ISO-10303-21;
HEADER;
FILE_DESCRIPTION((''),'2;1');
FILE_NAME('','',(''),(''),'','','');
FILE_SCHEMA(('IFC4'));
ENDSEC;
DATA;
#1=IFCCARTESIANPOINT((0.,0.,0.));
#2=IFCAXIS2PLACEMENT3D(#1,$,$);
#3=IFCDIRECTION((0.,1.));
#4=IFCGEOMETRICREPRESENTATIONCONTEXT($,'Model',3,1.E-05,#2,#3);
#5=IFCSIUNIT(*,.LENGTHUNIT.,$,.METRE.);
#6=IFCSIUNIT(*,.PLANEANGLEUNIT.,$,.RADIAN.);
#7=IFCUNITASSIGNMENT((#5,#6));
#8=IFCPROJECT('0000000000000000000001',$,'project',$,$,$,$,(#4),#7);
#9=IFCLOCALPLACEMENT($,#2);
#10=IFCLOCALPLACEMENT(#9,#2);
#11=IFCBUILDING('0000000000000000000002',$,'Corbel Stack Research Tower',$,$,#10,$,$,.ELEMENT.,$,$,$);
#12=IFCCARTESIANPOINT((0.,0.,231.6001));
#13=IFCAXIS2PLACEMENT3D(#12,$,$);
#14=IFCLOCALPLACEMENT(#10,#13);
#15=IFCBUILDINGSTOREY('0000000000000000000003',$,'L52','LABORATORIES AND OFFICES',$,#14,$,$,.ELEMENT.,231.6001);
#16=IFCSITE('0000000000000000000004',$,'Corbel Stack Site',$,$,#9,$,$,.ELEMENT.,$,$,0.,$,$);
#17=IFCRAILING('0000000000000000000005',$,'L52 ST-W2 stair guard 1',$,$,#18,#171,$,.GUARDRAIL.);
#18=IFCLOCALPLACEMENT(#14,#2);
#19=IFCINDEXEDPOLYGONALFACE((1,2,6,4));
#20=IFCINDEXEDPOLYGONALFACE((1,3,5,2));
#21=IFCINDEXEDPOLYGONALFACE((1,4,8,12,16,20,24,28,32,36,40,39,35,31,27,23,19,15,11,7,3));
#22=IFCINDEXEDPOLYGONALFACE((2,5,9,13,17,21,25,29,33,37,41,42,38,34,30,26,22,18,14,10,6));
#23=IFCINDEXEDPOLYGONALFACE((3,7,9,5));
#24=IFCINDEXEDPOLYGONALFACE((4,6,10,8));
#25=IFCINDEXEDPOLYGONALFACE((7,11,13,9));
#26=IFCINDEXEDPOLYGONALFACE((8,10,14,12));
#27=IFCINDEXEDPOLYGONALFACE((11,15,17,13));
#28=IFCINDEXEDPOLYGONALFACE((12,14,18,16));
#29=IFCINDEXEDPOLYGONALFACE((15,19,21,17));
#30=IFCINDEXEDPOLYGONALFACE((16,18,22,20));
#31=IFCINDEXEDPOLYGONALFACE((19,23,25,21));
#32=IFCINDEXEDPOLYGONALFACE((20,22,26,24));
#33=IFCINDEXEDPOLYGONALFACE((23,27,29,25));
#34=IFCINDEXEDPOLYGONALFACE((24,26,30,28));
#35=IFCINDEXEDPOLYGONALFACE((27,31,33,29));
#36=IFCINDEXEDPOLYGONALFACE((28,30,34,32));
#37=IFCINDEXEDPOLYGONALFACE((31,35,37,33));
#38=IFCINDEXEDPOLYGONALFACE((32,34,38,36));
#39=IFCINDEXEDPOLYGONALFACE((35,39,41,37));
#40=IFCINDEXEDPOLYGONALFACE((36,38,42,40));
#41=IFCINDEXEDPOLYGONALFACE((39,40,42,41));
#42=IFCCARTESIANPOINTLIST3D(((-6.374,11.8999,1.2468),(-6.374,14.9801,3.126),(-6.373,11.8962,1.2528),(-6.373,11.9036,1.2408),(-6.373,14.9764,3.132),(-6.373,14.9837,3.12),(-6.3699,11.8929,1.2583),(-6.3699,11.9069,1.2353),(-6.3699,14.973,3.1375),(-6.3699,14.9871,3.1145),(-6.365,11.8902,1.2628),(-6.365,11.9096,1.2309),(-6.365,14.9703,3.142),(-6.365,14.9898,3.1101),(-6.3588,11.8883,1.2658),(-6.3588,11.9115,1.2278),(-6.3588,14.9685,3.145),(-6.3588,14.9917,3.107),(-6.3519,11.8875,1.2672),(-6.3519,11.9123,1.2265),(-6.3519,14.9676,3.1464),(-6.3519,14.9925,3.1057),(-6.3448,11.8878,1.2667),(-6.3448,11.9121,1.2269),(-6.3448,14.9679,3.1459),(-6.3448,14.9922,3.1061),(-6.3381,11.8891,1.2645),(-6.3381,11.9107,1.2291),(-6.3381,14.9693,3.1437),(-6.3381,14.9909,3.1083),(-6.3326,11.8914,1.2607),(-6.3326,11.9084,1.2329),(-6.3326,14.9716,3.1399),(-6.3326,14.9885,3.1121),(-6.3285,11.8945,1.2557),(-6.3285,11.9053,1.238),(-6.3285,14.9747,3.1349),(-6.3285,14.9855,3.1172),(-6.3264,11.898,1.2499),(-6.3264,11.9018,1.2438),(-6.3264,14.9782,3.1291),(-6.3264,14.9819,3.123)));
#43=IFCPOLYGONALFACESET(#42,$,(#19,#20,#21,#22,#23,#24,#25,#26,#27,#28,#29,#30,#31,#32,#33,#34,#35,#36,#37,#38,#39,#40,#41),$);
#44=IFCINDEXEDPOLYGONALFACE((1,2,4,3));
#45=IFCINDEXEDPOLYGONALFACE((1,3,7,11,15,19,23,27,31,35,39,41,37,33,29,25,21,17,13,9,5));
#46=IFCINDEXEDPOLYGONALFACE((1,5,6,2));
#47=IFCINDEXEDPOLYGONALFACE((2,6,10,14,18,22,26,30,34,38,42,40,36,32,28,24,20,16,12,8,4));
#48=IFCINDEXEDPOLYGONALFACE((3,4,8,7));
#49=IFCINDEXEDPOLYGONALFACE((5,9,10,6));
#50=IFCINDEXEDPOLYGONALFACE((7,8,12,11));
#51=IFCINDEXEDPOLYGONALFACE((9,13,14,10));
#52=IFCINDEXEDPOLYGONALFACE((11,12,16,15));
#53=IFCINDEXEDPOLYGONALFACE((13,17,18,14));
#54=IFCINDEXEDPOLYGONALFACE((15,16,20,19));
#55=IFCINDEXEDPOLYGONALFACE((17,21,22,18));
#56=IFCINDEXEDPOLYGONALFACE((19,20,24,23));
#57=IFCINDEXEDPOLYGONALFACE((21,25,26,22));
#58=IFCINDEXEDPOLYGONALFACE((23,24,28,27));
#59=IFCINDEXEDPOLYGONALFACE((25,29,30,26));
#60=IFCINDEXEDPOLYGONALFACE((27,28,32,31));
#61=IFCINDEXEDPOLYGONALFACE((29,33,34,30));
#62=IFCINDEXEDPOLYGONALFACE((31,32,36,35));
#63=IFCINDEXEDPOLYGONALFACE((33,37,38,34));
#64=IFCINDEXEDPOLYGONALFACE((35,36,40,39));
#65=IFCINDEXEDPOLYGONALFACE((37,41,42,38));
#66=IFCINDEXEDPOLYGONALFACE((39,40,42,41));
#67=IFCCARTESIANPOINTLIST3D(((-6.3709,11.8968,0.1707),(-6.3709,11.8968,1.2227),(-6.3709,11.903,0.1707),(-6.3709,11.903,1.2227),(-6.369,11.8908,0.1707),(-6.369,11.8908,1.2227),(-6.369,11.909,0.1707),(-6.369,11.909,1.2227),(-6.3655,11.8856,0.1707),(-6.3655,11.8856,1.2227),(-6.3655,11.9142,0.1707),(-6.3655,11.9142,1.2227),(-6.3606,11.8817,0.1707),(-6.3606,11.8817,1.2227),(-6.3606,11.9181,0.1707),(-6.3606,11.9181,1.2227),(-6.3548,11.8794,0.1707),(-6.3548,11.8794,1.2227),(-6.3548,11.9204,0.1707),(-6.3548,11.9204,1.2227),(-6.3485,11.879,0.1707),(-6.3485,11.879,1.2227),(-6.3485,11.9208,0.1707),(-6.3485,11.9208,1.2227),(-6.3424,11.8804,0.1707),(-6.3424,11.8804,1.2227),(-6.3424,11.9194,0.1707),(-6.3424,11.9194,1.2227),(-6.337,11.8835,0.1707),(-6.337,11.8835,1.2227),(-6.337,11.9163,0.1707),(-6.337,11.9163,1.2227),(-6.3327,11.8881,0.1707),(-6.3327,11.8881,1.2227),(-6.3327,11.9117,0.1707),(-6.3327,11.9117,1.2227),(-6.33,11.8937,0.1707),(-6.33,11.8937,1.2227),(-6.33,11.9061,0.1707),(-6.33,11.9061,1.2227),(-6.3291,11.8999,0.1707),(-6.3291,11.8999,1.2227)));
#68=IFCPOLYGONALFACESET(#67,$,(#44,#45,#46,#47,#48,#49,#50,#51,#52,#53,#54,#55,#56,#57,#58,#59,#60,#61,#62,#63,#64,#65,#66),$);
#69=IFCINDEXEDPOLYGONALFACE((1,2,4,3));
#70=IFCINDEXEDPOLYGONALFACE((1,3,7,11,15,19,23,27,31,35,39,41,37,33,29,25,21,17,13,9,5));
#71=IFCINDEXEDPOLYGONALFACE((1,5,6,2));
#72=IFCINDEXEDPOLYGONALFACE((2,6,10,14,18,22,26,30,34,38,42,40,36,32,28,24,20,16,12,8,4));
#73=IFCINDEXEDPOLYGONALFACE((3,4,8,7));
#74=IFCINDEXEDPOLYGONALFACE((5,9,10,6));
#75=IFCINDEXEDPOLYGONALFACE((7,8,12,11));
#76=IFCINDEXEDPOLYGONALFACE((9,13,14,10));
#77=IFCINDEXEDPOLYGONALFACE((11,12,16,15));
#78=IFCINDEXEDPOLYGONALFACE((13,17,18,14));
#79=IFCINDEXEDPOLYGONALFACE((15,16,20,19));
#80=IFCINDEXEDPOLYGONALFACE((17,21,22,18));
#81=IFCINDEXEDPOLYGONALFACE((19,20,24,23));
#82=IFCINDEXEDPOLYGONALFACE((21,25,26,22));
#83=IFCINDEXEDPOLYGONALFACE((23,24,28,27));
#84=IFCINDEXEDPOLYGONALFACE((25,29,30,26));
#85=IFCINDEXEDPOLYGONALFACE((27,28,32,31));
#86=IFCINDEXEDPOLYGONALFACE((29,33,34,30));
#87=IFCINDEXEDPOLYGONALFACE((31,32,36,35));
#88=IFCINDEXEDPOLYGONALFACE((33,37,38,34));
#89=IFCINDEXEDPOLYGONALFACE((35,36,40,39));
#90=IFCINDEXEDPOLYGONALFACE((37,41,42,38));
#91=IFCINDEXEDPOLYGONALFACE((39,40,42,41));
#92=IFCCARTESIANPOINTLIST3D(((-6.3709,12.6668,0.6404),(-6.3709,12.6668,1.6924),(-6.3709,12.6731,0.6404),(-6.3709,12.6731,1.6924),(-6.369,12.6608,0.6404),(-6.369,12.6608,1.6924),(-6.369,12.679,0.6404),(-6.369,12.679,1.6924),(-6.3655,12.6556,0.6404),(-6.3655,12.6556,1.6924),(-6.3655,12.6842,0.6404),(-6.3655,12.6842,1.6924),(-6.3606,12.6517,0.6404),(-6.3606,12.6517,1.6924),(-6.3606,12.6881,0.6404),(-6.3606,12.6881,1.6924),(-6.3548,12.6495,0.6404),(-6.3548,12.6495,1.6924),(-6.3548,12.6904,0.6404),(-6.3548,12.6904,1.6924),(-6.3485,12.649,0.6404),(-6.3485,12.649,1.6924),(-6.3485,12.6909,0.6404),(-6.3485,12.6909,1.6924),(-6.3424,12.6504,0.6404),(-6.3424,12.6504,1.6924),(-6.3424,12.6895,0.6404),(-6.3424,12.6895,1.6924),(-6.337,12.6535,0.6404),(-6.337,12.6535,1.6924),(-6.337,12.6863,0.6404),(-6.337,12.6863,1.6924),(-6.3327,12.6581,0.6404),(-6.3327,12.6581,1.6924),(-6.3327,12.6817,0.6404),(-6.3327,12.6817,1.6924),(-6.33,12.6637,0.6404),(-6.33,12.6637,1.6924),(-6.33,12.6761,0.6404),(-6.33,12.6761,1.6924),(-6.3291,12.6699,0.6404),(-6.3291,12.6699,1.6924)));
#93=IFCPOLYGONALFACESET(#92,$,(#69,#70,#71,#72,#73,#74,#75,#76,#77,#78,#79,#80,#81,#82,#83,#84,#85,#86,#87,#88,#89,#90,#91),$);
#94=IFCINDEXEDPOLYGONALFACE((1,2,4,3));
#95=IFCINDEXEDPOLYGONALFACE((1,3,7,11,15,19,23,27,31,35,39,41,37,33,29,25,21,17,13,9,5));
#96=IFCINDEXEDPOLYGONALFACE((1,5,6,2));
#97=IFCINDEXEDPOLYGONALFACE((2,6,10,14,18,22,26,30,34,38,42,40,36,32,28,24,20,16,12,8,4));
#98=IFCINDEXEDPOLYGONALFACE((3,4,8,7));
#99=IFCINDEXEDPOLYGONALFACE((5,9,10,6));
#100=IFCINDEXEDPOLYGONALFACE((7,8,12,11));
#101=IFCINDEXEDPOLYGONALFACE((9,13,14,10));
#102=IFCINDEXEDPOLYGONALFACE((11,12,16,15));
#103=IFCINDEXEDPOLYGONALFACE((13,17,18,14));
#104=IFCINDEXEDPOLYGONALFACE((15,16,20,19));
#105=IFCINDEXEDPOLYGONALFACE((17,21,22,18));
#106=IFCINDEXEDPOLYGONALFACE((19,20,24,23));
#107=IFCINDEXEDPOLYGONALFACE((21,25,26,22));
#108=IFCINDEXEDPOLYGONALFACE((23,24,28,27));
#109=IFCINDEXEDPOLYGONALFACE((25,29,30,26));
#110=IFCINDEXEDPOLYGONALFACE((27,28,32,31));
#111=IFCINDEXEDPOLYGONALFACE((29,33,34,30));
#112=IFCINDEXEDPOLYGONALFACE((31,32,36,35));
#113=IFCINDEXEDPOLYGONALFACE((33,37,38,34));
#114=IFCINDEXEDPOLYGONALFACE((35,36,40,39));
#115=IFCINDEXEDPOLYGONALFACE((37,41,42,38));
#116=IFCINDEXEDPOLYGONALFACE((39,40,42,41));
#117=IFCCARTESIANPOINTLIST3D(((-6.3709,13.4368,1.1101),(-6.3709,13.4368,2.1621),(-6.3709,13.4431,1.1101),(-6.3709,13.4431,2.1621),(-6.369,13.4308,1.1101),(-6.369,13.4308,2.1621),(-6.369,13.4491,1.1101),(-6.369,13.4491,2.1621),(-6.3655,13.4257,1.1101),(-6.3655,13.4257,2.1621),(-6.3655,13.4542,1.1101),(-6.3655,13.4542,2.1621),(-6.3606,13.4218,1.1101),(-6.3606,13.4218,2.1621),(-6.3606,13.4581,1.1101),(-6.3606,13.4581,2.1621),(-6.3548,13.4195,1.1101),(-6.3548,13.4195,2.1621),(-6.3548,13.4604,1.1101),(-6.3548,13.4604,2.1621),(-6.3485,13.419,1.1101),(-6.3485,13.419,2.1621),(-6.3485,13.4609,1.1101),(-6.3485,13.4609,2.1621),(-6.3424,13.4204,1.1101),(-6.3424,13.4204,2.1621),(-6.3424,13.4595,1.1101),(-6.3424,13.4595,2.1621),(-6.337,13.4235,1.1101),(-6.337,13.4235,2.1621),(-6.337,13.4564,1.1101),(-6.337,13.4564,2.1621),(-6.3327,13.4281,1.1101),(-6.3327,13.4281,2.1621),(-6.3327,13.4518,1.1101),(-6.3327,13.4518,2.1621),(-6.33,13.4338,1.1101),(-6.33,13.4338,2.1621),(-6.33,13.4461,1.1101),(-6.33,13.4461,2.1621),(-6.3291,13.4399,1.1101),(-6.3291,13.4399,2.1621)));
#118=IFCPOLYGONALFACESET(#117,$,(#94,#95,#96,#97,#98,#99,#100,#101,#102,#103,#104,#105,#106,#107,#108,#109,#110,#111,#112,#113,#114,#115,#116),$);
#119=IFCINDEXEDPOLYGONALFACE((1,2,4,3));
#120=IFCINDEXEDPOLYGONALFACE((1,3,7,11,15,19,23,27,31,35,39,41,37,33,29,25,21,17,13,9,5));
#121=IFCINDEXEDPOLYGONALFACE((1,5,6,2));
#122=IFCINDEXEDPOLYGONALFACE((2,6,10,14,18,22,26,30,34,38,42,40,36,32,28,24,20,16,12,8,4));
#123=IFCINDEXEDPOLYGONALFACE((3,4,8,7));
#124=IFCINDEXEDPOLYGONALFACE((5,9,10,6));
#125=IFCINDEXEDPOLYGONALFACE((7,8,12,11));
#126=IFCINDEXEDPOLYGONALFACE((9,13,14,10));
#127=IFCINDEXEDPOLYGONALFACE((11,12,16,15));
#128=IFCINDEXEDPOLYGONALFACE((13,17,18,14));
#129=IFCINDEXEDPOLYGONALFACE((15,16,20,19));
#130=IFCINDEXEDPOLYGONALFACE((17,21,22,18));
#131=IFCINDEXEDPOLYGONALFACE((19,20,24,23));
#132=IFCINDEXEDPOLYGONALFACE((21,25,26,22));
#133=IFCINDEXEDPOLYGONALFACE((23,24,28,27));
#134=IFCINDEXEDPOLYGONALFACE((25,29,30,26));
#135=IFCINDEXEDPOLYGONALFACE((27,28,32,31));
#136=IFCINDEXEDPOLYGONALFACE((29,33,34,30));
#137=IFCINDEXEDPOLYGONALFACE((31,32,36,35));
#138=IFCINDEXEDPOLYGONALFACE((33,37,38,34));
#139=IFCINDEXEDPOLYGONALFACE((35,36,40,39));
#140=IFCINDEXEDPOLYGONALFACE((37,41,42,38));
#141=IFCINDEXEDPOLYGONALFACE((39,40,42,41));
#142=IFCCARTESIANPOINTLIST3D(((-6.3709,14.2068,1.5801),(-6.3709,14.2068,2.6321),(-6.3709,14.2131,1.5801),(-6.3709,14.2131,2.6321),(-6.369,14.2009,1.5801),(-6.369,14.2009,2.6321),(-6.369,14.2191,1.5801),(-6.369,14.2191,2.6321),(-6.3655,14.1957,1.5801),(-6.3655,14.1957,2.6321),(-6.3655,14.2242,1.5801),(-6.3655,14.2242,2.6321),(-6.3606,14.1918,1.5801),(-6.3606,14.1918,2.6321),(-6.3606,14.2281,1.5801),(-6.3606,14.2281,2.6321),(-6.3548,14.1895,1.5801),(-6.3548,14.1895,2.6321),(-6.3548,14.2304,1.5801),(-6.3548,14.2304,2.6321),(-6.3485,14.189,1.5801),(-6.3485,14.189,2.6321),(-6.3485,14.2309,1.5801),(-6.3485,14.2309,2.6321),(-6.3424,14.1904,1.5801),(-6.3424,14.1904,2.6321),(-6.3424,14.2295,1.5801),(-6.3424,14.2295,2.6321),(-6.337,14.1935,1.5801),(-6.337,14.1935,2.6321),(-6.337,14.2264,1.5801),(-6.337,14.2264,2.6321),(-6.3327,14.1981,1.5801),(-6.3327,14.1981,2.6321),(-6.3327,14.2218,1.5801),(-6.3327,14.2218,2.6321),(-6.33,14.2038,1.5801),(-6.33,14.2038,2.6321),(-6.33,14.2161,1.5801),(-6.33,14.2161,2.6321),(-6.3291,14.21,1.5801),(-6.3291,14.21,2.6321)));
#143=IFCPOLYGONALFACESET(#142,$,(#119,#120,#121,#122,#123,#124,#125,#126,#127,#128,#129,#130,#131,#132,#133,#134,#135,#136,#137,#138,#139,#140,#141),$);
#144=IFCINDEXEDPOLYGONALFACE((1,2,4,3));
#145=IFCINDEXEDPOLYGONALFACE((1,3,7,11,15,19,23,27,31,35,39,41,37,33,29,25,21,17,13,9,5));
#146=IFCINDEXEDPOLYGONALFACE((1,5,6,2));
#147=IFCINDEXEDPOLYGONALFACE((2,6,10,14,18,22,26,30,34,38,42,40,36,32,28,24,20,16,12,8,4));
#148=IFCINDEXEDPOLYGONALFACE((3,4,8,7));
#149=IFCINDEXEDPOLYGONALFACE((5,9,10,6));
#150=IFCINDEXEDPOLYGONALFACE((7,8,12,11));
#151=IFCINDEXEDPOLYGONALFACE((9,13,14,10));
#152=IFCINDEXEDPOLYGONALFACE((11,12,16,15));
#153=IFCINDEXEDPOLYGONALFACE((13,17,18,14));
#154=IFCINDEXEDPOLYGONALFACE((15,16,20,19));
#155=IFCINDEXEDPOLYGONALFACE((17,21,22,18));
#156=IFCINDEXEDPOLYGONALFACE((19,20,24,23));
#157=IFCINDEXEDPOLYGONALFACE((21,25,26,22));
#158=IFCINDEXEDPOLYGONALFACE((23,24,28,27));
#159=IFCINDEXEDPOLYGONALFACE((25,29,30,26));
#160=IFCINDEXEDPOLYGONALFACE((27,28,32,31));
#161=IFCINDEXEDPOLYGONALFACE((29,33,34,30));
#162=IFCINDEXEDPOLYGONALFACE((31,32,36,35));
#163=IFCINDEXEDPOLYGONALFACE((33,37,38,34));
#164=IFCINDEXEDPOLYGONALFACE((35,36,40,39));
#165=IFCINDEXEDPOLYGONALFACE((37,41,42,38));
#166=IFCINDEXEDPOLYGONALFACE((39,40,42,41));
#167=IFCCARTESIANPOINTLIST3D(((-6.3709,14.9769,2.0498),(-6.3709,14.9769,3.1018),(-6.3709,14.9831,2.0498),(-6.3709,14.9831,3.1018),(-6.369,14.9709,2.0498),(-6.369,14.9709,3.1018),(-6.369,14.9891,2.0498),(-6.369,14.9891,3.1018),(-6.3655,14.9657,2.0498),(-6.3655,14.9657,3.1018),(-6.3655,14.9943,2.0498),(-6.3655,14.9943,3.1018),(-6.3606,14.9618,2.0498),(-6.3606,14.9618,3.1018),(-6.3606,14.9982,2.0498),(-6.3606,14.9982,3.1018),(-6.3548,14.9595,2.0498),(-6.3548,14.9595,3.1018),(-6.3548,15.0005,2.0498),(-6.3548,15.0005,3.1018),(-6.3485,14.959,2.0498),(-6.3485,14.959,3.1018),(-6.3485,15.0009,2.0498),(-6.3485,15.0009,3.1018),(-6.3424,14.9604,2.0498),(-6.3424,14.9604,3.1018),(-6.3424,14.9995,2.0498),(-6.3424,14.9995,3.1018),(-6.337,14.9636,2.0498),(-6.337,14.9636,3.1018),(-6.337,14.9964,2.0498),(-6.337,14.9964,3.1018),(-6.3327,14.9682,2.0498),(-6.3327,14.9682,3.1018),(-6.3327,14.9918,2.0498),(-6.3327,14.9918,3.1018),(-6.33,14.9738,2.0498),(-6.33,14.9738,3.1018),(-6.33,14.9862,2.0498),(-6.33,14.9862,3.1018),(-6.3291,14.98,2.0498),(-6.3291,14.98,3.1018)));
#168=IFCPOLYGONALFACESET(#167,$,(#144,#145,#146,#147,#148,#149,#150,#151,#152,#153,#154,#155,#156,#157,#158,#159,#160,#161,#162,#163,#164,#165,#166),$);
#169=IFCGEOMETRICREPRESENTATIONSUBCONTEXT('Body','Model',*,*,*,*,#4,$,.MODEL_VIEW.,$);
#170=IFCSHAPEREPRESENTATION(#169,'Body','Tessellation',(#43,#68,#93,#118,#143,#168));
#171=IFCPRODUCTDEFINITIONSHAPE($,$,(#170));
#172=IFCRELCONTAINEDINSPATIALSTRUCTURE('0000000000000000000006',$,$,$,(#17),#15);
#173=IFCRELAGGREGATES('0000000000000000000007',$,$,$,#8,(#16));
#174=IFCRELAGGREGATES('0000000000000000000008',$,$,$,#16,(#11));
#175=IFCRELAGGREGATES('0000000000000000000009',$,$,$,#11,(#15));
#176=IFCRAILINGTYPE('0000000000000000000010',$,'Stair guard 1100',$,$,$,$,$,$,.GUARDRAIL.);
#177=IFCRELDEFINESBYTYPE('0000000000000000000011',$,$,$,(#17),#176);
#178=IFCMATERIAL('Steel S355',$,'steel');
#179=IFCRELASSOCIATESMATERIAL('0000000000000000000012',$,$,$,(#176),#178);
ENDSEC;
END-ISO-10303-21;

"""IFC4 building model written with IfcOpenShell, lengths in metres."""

from ifc_helpers import new_model, si_unit, direction, frame, origin, origin_2d, place, context, subcontext, project, spatial, circle, extrude, material, type_object, element, save


model = new_model("IFC4")

# Units and contexts
model_context = context("Model", 3, precision=1e-05, world=origin(), true_north=direction((0.0, 1.0)))
body_context = subcontext(model_context, "Body", "Model", "MODEL_VIEW")
ifc_project = project(units=[si_unit("LENGTHUNIT", "METRE"), si_unit("PLANEANGLEUNIT", "RADIAN")], contexts=[model_context])

# Site, building, storey
site_placement = place(None, origin())
site = spatial("IfcSite", under=ifc_project, at=site_placement, Name="Corbel Stack Site", CompositionType="ELEMENT", RefElevation=0.0)
building_placement = place(site_placement, origin())
building = spatial("IfcBuilding", under=site, at=building_placement, Name="Corbel Stack Research Tower", CompositionType="ELEMENT")
storey_placement = place(building_placement, frame((0.0, 0.0, 231.6001)))
storey = spatial("IfcBuildingStorey", under=building, at=storey_placement, Name="L52", Description="LABORATORIES AND OFFICES", CompositionType="ELEMENT", Elevation=231.6001)

# Railing
ifc_material_1 = material(Name="Steel S355", Category="steel")
railing_type_1 = type_object("IfcRailingType", Name="Stair guard 1100", PredefinedType="GUARDRAIL", material=ifc_material_1)
railing_1_placement = place(storey_placement, frame((-6.3501, 11.8999, 0.1707)))
element("IfcRailing", 1, at=railing_1_placement, inside=storey, type_object=railing_type_1, Name="L52 ST-W2 stair guard 1", PredefinedType="GUARDRAIL", context=body_context, shape_type="SweptSolid", body=[
    extrude(circle(Radius=0.0239, at=origin_2d()), frame((0.0, 0.0, 1.0762), z_axis=(0.0, 0.853666, 0.52082), x_axis=(-1.0, 0.0, 0.0)), (0.0, 0.0, 1.0), 3.6082),
    extrude(circle(Radius=0.021, at=origin_2d()), origin(), (0.0, 0.0, 1.0), 1.052),
    extrude(circle(Radius=0.021, at=origin_2d()), frame((0.0, 0.77, 0.4697)), (0.0, 0.0, 1.0), 1.052),
    extrude(circle(Radius=0.021, at=origin_2d()), frame((0.0, 1.54, 0.9395)), (0.0, 0.0, 1.0), 1.052),
    extrude(circle(Radius=0.021, at=origin_2d()), frame((0.0, 2.3101, 1.4094)), (0.0, 0.0, 1.0), 1.052),
    extrude(circle(Radius=0.021, at=origin_2d()), frame((0.0, 3.0801, 1.8792)), (0.0, 0.0, 1.0), 1.052),
])

save(model, "model.ifc")
